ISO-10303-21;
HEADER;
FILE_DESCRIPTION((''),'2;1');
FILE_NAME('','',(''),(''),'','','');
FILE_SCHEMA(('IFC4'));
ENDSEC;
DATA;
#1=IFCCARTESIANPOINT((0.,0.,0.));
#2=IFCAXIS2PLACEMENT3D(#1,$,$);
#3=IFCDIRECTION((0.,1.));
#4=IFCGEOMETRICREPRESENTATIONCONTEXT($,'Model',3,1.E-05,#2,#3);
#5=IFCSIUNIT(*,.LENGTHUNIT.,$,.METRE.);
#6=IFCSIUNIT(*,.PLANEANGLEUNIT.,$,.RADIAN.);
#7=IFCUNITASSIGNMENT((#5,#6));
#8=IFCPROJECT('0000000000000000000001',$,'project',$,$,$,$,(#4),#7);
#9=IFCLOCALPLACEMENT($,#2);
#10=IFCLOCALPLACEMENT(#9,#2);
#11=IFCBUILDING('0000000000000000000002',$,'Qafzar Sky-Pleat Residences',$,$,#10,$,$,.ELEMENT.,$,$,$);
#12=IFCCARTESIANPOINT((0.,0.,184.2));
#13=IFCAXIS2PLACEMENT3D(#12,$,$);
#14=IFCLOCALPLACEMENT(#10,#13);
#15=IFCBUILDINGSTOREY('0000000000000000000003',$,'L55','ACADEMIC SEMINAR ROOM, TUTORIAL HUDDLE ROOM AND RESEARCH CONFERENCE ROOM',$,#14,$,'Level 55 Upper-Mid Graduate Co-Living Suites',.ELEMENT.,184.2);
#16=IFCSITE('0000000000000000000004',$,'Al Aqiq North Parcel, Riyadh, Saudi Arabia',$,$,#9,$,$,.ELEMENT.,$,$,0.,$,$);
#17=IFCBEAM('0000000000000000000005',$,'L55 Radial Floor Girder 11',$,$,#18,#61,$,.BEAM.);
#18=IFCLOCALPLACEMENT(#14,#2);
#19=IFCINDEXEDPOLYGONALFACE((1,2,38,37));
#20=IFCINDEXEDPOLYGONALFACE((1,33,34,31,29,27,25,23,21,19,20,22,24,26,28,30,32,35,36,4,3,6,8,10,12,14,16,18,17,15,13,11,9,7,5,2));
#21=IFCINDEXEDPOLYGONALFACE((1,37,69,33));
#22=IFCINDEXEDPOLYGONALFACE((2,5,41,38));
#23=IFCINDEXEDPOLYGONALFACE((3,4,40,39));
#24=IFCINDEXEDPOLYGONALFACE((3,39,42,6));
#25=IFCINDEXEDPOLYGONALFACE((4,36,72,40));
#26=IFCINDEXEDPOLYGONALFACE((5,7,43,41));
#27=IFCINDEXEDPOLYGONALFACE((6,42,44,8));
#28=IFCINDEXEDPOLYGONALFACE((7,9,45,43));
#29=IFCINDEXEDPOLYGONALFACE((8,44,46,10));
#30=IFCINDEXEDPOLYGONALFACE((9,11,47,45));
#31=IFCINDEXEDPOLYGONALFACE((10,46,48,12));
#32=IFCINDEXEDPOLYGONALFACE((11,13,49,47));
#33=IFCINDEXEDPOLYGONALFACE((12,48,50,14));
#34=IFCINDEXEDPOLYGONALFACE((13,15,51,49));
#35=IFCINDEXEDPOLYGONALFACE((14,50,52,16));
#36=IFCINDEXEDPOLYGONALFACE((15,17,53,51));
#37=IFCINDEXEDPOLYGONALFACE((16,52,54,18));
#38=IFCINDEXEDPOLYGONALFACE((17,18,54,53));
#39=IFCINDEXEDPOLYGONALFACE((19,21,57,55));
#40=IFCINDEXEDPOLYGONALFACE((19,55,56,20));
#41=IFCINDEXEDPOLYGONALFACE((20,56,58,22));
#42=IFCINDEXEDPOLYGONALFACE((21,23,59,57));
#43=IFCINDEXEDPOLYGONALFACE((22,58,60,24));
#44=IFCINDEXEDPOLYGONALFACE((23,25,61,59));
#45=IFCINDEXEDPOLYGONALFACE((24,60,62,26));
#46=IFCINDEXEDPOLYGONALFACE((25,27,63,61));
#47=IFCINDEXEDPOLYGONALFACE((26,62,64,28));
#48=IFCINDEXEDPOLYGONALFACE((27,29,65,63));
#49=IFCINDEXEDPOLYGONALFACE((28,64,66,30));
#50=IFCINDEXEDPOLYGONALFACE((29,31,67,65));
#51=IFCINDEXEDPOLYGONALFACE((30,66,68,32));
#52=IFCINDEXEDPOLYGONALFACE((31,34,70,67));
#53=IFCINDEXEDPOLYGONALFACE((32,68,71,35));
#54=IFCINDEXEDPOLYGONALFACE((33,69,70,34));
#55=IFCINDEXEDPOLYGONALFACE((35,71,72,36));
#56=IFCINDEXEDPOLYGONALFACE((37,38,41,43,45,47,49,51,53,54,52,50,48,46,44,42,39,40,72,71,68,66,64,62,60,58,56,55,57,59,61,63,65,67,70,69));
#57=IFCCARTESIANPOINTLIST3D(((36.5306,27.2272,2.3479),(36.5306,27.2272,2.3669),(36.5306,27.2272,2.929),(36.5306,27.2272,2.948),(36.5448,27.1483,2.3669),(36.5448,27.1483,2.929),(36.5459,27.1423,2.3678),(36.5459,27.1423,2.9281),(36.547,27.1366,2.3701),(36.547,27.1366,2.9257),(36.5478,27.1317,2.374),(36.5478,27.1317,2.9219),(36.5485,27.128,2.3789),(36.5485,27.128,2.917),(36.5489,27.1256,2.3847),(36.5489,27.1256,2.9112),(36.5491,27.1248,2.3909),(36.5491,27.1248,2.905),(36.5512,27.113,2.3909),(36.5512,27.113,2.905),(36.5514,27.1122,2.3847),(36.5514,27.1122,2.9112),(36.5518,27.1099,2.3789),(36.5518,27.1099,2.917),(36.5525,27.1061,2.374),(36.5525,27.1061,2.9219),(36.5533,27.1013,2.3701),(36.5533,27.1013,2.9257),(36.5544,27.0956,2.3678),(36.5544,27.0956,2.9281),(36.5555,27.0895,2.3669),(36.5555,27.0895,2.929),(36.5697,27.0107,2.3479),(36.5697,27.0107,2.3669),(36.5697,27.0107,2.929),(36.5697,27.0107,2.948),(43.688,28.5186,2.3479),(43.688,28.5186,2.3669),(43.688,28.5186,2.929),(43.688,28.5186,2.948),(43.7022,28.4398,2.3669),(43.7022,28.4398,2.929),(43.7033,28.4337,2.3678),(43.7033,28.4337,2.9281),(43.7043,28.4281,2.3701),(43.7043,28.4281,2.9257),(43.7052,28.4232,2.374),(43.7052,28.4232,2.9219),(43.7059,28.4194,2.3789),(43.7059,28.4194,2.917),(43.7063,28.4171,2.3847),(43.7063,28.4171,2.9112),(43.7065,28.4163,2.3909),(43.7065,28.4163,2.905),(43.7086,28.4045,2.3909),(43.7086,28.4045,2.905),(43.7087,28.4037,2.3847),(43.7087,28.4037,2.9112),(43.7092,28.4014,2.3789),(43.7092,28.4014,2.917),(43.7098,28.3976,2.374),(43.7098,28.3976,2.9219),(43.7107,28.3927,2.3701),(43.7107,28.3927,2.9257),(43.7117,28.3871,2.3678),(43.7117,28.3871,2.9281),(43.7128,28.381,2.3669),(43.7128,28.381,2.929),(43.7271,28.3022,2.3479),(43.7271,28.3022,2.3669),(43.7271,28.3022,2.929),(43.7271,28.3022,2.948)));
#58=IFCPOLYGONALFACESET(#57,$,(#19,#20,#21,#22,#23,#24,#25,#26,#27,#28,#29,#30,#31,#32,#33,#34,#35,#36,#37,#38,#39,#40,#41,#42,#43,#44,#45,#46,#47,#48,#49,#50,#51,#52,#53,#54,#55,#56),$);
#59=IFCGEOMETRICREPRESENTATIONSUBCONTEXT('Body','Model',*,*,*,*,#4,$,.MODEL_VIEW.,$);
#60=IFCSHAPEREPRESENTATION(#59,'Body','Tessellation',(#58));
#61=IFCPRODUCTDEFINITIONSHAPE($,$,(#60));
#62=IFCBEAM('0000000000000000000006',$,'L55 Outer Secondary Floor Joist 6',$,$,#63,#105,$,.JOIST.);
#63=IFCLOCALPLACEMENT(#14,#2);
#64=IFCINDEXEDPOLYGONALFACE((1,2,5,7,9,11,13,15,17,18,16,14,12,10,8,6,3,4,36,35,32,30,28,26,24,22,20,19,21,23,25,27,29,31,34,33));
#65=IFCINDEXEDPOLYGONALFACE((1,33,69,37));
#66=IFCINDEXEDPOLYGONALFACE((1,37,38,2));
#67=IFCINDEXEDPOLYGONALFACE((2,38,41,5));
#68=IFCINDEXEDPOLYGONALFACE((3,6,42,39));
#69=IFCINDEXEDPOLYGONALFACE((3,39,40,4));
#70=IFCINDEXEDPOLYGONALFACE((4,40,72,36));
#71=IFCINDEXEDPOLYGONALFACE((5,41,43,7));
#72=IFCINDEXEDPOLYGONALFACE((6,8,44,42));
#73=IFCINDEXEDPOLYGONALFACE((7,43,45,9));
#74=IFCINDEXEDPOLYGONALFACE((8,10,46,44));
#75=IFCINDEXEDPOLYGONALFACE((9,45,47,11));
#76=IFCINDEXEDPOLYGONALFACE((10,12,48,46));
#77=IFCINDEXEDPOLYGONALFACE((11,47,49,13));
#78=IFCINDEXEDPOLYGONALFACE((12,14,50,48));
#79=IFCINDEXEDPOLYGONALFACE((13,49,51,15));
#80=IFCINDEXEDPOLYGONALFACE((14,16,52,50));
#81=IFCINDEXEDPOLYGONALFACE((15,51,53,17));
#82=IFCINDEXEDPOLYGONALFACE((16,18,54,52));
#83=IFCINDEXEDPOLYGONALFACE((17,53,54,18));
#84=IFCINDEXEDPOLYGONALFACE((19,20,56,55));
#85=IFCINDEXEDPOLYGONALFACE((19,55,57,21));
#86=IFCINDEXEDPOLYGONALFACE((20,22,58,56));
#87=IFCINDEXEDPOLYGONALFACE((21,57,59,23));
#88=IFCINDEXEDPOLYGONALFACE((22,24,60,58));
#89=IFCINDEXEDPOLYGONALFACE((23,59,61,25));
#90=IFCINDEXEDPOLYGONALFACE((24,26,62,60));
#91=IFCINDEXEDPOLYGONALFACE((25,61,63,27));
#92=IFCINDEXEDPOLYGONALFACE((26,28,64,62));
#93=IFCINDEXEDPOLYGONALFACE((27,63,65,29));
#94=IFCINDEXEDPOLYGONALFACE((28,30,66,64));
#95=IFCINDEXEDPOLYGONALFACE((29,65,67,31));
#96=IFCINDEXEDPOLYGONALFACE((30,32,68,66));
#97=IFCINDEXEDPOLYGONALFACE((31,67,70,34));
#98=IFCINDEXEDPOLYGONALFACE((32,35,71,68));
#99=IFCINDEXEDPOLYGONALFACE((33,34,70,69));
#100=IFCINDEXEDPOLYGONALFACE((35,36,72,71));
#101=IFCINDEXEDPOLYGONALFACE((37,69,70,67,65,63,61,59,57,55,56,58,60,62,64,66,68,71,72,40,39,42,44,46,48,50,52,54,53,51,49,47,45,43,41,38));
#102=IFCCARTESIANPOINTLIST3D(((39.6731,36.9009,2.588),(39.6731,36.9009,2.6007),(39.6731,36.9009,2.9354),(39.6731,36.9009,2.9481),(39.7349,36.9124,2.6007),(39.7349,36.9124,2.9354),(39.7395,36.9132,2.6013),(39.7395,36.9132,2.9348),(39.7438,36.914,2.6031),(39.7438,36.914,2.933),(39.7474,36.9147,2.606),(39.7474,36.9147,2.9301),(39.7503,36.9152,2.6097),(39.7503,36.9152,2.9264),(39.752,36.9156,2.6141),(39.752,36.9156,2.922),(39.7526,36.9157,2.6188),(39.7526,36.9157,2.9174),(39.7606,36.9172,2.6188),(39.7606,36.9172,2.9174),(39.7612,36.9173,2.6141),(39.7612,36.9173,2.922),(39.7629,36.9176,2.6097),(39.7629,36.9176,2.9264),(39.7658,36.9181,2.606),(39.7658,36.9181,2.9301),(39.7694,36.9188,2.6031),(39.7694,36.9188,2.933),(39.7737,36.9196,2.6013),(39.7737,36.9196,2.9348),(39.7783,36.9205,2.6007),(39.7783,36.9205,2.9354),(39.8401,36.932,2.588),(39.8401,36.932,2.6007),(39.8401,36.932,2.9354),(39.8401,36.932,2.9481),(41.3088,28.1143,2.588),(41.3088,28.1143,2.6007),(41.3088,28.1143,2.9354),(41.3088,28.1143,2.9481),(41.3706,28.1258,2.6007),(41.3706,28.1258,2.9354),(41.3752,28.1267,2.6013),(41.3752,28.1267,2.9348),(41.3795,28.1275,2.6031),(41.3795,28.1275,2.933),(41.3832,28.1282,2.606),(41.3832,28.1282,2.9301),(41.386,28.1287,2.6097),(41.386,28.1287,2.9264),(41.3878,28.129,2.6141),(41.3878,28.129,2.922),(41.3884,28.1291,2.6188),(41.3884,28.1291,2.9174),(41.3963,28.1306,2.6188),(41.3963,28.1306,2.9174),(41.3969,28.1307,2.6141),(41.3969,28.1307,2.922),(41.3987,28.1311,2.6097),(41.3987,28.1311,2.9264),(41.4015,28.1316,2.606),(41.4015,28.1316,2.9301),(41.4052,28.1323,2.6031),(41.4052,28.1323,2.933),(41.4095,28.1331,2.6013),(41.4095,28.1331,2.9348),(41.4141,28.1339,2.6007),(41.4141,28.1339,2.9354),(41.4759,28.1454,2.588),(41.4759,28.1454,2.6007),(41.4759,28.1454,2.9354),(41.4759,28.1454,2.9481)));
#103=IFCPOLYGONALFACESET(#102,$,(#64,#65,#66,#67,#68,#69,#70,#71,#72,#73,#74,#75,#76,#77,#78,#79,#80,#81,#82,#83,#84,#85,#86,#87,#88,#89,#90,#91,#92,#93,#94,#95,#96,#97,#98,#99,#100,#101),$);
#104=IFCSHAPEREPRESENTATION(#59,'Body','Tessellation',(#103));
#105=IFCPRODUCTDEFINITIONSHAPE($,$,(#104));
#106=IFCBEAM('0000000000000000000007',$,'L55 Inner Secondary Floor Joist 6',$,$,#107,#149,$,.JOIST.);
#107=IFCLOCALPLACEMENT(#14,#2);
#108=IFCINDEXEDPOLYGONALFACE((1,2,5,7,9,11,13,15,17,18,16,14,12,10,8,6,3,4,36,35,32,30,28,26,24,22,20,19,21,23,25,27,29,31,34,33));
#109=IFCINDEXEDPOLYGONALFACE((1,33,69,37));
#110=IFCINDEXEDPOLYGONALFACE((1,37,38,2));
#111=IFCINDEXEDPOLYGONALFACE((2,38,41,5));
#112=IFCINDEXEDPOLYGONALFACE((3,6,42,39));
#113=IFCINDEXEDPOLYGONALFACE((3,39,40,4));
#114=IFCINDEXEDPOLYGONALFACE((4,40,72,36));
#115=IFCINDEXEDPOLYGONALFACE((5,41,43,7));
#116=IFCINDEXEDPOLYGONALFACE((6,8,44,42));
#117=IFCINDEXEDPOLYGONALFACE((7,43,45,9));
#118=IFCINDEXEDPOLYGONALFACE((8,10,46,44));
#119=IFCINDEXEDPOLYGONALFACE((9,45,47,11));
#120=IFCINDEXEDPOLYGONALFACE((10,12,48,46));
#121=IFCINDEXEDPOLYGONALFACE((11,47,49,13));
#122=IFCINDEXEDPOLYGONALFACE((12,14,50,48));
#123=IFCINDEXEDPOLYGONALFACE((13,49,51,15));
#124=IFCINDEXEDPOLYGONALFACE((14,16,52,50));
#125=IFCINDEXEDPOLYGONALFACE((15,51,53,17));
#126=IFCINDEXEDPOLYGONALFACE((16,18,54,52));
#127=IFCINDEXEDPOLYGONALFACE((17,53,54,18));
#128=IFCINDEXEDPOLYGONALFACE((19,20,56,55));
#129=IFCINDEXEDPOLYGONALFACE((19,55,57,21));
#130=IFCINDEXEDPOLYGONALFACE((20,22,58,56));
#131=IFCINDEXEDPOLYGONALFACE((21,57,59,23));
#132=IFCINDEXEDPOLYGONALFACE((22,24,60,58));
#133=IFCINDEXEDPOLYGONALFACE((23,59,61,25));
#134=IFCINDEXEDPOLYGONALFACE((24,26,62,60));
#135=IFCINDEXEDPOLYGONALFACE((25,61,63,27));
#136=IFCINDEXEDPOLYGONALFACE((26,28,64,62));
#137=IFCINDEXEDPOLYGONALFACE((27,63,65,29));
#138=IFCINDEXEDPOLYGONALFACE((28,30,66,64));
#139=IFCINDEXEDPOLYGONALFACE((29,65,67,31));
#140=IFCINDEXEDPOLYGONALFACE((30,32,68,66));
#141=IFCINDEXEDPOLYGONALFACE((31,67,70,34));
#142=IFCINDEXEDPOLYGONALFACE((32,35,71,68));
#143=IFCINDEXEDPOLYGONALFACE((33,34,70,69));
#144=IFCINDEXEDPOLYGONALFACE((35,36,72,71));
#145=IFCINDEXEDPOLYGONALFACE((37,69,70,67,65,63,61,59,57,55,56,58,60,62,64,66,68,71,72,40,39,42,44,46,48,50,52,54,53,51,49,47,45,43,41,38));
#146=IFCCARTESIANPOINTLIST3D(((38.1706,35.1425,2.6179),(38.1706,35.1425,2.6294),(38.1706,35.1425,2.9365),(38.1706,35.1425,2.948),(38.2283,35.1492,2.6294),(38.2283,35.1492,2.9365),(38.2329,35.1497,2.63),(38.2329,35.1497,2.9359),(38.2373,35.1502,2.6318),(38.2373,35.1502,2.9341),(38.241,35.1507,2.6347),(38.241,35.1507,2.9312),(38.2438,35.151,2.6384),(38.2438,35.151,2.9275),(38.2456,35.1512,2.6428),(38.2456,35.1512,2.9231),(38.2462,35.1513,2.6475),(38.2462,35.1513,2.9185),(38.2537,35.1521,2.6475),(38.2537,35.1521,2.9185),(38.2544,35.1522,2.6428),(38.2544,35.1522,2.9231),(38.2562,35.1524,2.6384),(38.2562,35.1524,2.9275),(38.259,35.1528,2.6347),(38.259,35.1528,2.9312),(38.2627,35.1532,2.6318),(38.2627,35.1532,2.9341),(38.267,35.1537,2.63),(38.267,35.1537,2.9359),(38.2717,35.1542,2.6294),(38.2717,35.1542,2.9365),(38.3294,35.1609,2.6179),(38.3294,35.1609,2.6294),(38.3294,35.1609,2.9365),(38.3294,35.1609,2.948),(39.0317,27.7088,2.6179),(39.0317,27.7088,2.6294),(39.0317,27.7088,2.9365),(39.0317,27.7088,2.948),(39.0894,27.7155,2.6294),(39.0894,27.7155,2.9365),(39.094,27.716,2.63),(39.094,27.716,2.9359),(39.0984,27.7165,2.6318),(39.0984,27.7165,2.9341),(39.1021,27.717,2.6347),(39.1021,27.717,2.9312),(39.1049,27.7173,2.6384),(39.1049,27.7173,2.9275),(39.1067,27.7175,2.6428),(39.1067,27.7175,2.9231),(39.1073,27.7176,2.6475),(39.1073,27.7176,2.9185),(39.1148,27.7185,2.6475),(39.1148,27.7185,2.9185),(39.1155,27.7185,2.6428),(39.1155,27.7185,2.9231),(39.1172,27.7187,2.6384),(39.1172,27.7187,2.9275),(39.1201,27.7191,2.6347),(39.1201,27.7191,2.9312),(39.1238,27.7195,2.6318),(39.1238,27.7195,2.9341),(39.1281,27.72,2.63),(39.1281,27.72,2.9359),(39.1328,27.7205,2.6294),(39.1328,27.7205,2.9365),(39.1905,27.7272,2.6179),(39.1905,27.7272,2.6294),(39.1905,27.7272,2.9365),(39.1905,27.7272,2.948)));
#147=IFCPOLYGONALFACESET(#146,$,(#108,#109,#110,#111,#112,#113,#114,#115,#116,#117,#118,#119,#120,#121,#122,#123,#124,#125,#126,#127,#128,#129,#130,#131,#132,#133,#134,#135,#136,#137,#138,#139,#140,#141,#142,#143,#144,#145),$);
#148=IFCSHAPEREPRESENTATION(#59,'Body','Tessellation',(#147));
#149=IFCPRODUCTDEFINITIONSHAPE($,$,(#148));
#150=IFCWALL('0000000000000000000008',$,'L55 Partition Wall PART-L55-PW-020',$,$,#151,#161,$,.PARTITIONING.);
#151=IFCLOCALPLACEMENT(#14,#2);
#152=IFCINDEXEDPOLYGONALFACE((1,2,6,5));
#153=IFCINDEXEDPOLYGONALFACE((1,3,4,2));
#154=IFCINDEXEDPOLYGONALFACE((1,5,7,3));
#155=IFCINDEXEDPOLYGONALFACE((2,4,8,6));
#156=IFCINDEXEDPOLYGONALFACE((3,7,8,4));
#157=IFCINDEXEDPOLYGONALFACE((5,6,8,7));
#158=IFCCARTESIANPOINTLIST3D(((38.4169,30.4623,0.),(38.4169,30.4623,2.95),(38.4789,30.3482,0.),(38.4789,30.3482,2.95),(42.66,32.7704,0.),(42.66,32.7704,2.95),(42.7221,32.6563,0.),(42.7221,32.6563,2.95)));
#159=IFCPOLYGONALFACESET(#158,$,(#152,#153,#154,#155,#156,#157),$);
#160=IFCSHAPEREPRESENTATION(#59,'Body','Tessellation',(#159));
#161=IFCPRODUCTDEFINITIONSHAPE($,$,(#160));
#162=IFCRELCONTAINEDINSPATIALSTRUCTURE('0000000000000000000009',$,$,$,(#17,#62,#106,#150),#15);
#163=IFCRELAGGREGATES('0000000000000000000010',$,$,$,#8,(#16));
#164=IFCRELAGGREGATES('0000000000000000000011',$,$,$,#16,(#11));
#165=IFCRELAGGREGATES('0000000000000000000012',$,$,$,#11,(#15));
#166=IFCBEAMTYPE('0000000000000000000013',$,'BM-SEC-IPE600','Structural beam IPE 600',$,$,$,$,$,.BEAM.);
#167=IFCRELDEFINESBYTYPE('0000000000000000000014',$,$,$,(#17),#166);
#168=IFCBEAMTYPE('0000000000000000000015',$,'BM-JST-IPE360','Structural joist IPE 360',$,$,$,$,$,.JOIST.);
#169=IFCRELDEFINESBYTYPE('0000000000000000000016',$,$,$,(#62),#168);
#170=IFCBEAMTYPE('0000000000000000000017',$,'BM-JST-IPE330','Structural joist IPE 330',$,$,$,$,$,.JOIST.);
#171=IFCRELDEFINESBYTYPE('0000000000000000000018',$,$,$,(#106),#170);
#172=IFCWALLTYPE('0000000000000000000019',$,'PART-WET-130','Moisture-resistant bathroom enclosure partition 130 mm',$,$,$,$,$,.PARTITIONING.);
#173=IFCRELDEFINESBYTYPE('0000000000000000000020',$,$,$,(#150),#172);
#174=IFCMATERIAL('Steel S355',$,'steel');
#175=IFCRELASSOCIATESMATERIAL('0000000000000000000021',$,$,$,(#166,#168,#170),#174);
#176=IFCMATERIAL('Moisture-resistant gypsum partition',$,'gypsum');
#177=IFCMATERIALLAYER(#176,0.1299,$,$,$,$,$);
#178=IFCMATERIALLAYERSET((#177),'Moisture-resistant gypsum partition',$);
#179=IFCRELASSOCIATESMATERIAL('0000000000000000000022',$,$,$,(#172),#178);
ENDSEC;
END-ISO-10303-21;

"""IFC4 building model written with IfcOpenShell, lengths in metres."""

from ifc_helpers import new_model, si_unit, direction, frame, frame_2d, origin, origin_2d, place, context, subcontext, project, spatial, rectangle, i_section, extrude, source, transform, mapped, material, layer, layer_set, material_profile, profile_set, type_object, element, save


model = new_model("IFC4")

# Units and contexts
model_context = context("Model", 3, precision=1e-05, world=origin(), true_north=direction((0.0, 1.0)))
body_context = subcontext(model_context, "Body", "Model", "MODEL_VIEW")
ifc_project = project(units=[si_unit("LENGTHUNIT", "METRE"), si_unit("PLANEANGLEUNIT", "RADIAN")], contexts=[model_context])

# Site, building, storey
site_placement = place(None, origin())
site = spatial("IfcSite", under=ifc_project, at=site_placement, Name="Al Aqiq North Parcel, Riyadh, Saudi Arabia", CompositionType="ELEMENT", RefElevation=0.0)
building_placement = place(site_placement, origin())
building = spatial("IfcBuilding", under=site, at=building_placement, Name="Qafzar Sky-Pleat Residences", CompositionType="ELEMENT")
storey_placement = place(building_placement, frame((0.0, 0.0, 184.2)))
storey = spatial("IfcBuildingStorey", under=building, at=storey_placement, Name="L55", Description="ACADEMIC SEMINAR ROOM, TUTORIAL HUDDLE ROOM AND RESEARCH CONFERENCE ROOM", LongName="Level 55 Upper-Mid Graduate Co-Living Suites", CompositionType="ELEMENT", Elevation=184.2)

# Shared definitions
ifc_material_1 = material(Name="Steel S355", Category="steel")

# Beams
ifc_material_profile_1 = material_profile(ifc_material_1, i_section(OverallWidth=0.22, OverallDepth=0.6001, WebThickness=0.012, FlangeThickness=0.019, FilletRadius=0.0239, at=origin_2d()), Name="IPE 600")
ifc_profile_set_1 = profile_set([ifc_material_profile_1], Name="Steel S355")
beam_type_1 = type_object("IfcBeamType", Name="BM-SEC-IPE600", Description="Structural beam IPE 600", PredefinedType="BEAM", material=ifc_profile_set_1)
shared_shape_1 = source(origin(), body_context, "Body", "SweptSolid", [
    extrude(i_section(OverallWidth=0.22, OverallDepth=0.6001, WebThickness=0.012, FlangeThickness=0.019, FilletRadius=0.0239, at=origin_2d()), origin(), (0.0, 0.0, 1.0), 7.2729),
])
beam_1_placement = place(storey_placement, frame((43.7075, 28.4104, 2.6479), z_axis=(-0.984108, -0.177574, 0.0), x_axis=(0.177574, -0.984108, 0.0)))
element("IfcBeam", 1, at=beam_1_placement, inside=storey, type_object=beam_type_1, Name="L55 Radial Floor Girder 11", PredefinedType="BEAM", context=body_context, shape_type="MappedRepresentation", body=[
    mapped(shared_shape_1, transform((0.0, 0.0, 0.0), x_axis=(1.0, 0.0, 0.0), y_axis=(0.0, 1.0, 0.0), z_axis=(0.0, 0.0, 1.0), scale=1.0)),
])
ifc_material_profile_2 = material_profile(ifc_material_1, i_section(OverallWidth=0.1699, OverallDepth=0.3601, WebThickness=0.0081, FlangeThickness=0.0127, FilletRadius=0.0181, at=origin_2d()), Name="IPE 360")
ifc_profile_set_2 = profile_set([ifc_material_profile_2], Name="Steel S355")
beam_type_2 = type_object("IfcBeamType", Name="BM-JST-IPE360", Description="Structural joist IPE 360", PredefinedType="JOIST", material=ifc_profile_set_2)
shared_shape_2 = source(origin(), body_context, "Body", "SweptSolid", [
    extrude(i_section(OverallWidth=0.1699, OverallDepth=0.3601, WebThickness=0.0081, FlangeThickness=0.0127, FilletRadius=0.0181, at=origin_2d()), origin(), (0.0, 0.0, 1.0), 8.9375),
])
beam_2_placement = place(storey_placement, frame((41.3923, 28.1299, 2.7681), z_axis=(-0.183018, 0.983109, 0.0), x_axis=(-0.983109, -0.183018, 0.0)))
element("IfcBeam", 2, at=beam_2_placement, inside=storey, type_object=beam_type_2, Name="L55 Outer Secondary Floor Joist 6", PredefinedType="JOIST", context=body_context, shape_type="MappedRepresentation", body=[
    mapped(shared_shape_2, transform((0.0, 0.0, 0.0), x_axis=(1.0, 0.0, 0.0), y_axis=(0.0, 1.0, 0.0), z_axis=(0.0, 0.0, 1.0), scale=1.0)),
])
ifc_material_profile_3 = material_profile(ifc_material_1, i_section(OverallWidth=0.1599, OverallDepth=0.3301, WebThickness=0.0076, FlangeThickness=0.0115, FilletRadius=0.0181, at=origin_2d()), Name="IPE 330")
ifc_profile_set_3 = profile_set([ifc_material_profile_3], Name="Steel S355")
beam_type_3 = type_object("IfcBeamType", Name="BM-JST-IPE330", Description="Structural joist IPE 330", PredefinedType="JOIST", material=ifc_profile_set_3)
shared_shape_3 = source(origin(), body_context, "Body", "SweptSolid", [
    extrude(i_section(OverallWidth=0.1599, OverallDepth=0.3301, WebThickness=0.0076, FlangeThickness=0.0115, FilletRadius=0.0181, at=origin_2d()), origin(), (0.0, 0.0, 1.0), 7.4834),
])
beam_3_placement = place(storey_placement, frame((39.1111, 27.718, 2.783), z_axis=(-0.115067, 0.993358, 0.0), x_axis=(-0.993358, -0.115067, 0.0)))
element("IfcBeam", 3, at=beam_3_placement, inside=storey, type_object=beam_type_3, Name="L55 Inner Secondary Floor Joist 6", PredefinedType="JOIST", context=body_context, shape_type="MappedRepresentation", body=[
    mapped(shared_shape_3, transform((0.0, 0.0, 0.0), x_axis=(1.0, 0.0, 0.0), y_axis=(0.0, 1.0, 0.0), z_axis=(0.0, 0.0, 1.0), scale=1.0)),
])

# Wall
ifc_material_2 = material(Name="Moisture-resistant gypsum partition", Category="gypsum")
ifc_layer_1 = layer(ifc_material_2, 0.1299)
ifc_layer_set_1 = layer_set([ifc_layer_1], Name="Moisture-resistant gypsum partition")
wall_type_1 = type_object("IfcWallType", Name="PART-WET-130", Description="Moisture-resistant bathroom enclosure partition 130 mm", PredefinedType="PARTITIONING", material=ifc_layer_set_1)
wall_1_placement = place(storey_placement, frame((38.448, 30.4053, 0.0), z_axis=(0.0, 0.0, 1.0), x_axis=(0.878447, 0.477839, 0.0)))
element("IfcWall", 4, at=wall_1_placement, inside=storey, type_object=wall_type_1, Name="L55 Partition Wall PART-L55-PW-020", PredefinedType="PARTITIONING", context=body_context, shape_type="SweptSolid", body=[
    extrude(rectangle(XDim=4.8303, YDim=0.1299, at=frame_2d((2.415, 0.0))), origin(), (0.0, 0.0, 1.0), 2.95),
])

save(model, "model.ifc")
